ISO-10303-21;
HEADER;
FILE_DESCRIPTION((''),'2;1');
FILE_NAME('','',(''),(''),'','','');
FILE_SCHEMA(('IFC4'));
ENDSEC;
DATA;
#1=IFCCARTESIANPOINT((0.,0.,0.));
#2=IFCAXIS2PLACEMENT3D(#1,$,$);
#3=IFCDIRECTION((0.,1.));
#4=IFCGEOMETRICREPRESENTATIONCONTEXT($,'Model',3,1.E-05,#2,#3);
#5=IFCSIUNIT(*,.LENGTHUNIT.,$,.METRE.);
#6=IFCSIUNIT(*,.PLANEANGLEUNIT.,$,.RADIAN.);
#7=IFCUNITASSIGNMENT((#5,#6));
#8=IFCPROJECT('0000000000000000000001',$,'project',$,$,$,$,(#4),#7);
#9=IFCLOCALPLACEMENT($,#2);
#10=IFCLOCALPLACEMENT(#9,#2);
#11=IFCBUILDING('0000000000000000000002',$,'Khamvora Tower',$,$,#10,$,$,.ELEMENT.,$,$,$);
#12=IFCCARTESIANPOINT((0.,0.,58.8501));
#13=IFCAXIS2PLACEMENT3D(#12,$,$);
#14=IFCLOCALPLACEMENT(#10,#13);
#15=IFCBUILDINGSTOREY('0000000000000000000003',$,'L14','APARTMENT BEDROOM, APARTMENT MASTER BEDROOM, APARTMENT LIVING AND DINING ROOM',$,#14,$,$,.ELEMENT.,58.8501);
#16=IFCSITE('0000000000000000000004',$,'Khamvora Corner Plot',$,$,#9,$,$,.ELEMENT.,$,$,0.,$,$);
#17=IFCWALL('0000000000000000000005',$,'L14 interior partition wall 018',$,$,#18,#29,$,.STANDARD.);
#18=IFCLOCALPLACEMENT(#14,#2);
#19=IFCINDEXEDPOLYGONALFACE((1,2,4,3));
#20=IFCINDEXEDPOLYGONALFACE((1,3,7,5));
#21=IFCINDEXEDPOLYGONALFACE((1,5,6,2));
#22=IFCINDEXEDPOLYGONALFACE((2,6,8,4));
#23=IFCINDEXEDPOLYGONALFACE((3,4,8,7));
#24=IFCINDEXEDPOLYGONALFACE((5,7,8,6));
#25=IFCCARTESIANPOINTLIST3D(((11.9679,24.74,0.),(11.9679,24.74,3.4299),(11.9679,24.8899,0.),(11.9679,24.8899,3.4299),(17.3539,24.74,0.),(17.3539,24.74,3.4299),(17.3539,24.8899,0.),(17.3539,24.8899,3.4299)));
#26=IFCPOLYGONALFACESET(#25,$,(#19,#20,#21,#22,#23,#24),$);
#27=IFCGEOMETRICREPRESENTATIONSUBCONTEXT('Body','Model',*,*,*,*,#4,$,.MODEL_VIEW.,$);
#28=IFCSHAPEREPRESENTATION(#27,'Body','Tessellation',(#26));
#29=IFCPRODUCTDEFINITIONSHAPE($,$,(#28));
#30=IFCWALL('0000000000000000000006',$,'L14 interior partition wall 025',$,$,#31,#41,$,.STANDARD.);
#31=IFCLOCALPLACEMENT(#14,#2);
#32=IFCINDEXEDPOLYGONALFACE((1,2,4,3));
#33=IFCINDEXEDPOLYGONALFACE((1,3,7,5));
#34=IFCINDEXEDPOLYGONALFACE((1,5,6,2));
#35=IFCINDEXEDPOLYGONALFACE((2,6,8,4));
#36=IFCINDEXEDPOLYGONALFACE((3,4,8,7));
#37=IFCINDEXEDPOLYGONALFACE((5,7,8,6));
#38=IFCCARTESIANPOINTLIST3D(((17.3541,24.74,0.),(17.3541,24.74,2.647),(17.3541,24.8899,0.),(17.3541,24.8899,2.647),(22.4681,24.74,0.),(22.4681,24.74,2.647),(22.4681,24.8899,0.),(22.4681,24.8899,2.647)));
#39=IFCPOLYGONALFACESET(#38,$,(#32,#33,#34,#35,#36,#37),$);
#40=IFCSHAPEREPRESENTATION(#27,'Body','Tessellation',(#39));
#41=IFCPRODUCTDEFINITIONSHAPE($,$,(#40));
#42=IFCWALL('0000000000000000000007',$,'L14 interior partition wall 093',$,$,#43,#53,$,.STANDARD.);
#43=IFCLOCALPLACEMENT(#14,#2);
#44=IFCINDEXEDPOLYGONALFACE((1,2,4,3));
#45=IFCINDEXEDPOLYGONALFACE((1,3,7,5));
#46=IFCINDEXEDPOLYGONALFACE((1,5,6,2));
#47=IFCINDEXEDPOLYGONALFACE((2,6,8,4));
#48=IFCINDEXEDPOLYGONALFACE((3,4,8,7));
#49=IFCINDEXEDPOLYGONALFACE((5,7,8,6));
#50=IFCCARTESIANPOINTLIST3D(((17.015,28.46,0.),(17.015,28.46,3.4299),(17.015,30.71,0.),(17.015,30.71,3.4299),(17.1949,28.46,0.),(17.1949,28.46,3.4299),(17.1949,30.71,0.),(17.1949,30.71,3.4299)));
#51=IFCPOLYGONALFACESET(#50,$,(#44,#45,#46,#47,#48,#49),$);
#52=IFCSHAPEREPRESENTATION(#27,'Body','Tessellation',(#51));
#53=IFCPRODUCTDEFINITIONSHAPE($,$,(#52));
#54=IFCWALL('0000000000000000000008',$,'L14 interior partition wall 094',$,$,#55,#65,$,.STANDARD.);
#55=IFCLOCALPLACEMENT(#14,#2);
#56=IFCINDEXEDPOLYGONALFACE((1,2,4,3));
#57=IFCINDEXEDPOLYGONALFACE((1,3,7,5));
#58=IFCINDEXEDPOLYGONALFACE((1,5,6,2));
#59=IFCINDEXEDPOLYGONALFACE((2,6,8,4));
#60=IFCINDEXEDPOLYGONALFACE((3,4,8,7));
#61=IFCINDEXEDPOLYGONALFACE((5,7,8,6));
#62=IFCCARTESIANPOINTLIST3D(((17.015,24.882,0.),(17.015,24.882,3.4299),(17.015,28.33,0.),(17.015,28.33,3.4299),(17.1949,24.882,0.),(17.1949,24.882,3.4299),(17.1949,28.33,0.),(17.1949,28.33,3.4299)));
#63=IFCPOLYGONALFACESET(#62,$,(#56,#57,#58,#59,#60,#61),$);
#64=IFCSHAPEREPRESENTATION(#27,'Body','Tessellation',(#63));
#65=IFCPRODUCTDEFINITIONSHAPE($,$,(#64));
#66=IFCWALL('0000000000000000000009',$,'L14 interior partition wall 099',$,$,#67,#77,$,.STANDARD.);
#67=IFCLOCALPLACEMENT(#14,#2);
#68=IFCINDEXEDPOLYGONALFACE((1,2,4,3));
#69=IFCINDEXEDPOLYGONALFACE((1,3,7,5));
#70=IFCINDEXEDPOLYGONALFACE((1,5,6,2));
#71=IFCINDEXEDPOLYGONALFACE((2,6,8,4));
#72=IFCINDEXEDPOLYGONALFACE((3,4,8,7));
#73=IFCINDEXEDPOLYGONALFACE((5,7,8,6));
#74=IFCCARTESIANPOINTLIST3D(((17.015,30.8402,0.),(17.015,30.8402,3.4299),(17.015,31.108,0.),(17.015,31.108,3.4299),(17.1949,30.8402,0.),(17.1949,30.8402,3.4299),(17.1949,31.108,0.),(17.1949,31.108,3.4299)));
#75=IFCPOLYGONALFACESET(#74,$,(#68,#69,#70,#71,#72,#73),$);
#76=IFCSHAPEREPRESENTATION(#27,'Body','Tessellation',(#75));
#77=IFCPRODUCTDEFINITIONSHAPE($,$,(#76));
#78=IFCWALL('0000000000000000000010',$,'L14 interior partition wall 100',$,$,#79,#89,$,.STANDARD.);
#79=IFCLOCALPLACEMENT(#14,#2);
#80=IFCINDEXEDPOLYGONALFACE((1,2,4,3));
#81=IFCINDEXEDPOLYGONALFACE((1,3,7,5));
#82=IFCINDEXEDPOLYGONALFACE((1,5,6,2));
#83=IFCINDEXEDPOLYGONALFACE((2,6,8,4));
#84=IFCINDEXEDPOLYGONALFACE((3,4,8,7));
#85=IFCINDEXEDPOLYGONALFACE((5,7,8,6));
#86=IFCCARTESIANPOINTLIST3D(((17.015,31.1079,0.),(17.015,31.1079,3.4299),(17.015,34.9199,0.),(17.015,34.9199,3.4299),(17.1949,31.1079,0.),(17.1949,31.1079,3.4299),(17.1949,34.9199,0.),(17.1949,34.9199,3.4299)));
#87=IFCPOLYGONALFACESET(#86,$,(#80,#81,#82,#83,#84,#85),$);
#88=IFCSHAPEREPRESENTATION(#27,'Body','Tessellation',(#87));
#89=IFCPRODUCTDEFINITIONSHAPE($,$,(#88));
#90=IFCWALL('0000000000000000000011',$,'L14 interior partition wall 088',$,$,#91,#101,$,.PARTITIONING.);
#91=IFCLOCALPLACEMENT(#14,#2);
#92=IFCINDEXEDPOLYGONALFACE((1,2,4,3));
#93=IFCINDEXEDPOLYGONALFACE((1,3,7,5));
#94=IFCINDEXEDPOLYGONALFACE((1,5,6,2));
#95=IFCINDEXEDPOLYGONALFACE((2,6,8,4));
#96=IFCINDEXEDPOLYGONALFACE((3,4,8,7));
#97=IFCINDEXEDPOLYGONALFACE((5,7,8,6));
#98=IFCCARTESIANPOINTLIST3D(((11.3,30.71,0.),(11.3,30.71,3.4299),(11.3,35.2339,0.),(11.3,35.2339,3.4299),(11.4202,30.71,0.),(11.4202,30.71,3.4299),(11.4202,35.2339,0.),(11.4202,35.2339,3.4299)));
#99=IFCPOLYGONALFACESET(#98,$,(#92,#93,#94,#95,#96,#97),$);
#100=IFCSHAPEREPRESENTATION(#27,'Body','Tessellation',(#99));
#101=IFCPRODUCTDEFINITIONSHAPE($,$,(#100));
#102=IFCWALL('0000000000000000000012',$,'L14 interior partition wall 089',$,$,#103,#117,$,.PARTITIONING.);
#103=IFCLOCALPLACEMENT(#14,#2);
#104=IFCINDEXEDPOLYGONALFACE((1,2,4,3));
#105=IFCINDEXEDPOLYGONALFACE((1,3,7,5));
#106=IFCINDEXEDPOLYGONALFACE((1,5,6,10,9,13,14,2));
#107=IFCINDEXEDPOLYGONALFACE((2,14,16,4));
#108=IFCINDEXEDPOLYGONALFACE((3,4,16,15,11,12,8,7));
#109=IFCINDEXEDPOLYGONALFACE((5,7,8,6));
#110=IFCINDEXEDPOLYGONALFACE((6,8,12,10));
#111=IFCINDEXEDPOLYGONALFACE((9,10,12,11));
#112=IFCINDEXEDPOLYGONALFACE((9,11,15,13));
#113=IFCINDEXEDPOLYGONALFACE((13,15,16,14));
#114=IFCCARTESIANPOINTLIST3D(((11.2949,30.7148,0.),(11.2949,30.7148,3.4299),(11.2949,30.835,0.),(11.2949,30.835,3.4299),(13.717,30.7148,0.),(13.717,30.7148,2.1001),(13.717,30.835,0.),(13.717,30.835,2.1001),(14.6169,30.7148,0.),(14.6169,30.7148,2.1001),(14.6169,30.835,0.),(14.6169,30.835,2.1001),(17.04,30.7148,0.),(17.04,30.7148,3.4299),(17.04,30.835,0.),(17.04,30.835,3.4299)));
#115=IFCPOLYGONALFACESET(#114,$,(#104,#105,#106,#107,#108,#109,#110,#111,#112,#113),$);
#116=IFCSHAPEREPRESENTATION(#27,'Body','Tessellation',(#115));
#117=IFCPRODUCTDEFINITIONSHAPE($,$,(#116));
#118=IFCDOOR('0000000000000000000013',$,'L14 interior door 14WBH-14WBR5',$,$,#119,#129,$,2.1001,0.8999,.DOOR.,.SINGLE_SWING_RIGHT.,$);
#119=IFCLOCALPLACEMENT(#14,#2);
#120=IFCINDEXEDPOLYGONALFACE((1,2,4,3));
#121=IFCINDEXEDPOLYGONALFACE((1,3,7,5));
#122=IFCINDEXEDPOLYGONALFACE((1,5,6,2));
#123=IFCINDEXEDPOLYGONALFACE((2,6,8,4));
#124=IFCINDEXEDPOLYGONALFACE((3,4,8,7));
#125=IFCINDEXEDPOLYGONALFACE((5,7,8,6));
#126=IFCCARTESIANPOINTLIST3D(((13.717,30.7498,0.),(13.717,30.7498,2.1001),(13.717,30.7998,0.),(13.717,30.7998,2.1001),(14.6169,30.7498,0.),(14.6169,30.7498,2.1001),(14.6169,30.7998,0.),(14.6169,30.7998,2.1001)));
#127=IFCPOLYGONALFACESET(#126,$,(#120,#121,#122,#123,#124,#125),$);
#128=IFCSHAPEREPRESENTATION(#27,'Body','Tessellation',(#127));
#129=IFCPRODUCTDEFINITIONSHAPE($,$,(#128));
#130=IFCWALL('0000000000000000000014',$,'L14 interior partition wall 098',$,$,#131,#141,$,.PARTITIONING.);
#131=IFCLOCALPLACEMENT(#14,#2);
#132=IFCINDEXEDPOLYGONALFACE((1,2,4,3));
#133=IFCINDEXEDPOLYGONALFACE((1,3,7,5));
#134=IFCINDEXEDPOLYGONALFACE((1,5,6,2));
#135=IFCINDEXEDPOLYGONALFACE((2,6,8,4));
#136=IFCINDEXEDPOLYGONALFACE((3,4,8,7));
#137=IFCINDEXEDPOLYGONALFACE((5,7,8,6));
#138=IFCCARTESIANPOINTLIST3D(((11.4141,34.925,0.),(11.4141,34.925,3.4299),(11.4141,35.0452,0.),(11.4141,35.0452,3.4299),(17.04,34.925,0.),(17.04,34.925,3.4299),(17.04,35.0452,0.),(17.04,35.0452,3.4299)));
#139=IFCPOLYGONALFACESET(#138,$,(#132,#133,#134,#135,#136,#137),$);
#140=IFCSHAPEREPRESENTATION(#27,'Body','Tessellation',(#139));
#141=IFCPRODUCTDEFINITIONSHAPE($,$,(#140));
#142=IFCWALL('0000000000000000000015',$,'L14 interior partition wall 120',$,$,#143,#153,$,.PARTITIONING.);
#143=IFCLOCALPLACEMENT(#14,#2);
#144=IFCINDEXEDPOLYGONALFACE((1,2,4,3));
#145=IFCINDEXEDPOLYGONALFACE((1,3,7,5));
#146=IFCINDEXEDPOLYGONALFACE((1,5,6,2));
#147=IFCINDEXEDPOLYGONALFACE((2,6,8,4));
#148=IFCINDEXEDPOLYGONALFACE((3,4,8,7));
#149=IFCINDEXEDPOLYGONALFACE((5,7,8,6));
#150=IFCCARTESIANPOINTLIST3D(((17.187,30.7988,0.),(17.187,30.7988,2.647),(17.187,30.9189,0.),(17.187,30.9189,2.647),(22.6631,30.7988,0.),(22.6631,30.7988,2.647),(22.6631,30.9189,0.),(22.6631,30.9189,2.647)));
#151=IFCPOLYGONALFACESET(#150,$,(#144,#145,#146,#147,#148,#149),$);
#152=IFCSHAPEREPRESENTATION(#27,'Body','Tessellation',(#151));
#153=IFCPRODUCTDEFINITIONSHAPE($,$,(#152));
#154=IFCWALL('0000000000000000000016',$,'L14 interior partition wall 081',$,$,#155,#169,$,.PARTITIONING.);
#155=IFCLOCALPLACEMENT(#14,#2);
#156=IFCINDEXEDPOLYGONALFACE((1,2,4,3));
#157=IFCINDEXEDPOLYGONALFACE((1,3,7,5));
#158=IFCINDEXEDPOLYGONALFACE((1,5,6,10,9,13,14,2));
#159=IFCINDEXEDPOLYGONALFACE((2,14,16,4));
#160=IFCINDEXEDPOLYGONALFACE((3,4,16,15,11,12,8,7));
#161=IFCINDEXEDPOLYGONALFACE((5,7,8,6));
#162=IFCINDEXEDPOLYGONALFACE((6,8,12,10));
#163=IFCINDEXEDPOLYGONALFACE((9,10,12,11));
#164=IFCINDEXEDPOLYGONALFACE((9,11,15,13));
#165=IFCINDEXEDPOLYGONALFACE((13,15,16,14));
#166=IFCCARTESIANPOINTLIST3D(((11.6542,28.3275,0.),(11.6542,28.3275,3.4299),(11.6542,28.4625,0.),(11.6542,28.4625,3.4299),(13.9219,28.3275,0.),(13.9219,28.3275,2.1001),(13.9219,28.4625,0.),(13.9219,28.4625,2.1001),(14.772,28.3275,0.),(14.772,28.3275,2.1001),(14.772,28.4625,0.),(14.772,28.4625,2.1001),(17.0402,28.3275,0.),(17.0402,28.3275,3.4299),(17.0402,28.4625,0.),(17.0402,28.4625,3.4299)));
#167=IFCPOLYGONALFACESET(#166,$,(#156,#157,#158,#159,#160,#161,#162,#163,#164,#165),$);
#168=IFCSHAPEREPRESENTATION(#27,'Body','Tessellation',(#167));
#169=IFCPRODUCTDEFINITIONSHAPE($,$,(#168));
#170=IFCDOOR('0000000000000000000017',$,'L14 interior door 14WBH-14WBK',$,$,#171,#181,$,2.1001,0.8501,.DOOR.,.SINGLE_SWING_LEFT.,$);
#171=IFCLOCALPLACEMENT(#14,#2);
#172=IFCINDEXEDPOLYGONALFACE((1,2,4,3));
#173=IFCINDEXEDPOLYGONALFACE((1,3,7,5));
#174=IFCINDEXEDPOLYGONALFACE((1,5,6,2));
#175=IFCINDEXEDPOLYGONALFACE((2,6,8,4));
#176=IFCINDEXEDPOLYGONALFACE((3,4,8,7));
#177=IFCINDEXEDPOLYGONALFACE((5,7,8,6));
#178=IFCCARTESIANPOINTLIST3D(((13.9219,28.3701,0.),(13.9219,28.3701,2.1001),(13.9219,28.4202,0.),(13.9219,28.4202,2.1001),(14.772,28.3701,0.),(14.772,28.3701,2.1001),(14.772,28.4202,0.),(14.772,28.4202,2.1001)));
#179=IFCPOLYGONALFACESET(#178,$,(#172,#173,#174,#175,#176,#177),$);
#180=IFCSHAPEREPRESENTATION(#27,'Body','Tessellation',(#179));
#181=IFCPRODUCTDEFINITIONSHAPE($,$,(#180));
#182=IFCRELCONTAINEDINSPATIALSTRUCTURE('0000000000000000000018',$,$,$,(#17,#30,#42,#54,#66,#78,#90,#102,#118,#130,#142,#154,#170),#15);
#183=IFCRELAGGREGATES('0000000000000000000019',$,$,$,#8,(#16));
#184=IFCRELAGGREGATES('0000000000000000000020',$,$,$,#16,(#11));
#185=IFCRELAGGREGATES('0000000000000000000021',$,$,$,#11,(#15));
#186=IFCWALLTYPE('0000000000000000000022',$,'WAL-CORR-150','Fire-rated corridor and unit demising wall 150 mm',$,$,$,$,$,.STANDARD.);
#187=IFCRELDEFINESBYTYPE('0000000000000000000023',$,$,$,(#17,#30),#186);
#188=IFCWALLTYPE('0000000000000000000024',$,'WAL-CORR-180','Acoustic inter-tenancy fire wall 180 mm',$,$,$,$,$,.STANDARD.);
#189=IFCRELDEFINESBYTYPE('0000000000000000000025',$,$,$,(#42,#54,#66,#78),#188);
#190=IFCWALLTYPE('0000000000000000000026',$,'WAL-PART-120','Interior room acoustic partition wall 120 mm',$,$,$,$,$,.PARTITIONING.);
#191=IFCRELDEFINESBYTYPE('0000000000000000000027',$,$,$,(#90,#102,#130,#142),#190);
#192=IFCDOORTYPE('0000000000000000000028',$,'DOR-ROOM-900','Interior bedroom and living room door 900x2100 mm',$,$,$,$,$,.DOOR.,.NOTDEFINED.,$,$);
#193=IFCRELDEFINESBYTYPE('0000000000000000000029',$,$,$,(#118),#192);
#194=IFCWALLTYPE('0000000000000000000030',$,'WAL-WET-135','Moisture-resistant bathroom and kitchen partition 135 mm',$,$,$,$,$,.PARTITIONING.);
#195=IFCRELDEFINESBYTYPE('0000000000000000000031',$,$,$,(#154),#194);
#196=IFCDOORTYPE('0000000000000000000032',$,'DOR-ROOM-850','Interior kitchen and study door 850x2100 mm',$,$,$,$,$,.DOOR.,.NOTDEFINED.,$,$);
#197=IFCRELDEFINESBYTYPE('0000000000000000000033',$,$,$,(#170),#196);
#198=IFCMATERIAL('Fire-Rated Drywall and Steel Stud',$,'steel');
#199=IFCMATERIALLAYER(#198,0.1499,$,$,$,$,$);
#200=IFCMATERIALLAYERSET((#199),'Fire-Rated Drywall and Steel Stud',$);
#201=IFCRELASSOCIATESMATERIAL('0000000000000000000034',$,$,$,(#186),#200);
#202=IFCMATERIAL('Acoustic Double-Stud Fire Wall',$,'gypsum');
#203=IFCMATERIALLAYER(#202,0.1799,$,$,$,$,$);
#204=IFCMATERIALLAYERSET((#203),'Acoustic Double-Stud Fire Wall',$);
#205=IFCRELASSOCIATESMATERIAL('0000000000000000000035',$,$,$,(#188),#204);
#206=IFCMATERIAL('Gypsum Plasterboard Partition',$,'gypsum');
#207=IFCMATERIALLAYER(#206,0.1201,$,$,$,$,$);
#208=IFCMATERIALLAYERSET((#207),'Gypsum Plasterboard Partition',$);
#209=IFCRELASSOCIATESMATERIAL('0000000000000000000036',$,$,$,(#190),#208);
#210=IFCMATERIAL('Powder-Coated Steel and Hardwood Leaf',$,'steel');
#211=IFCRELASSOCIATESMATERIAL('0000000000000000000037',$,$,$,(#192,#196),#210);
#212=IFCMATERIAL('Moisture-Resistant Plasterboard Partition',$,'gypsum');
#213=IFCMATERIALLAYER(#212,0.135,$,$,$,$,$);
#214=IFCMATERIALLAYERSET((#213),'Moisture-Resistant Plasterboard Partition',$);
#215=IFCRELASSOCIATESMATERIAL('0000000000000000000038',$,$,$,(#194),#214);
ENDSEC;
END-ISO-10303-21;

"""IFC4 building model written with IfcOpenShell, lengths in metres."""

from ifc_helpers import new_model, si_unit, direction, frame, frame_2d, origin, place, context, subcontext, project, spatial, rectangle, extrude, material, layer, layer_set, type_object, element, fill, save


model = new_model("IFC4")

# Units and contexts
model_context = context("Model", 3, precision=1e-05, world=origin(), true_north=direction((0.0, 1.0)))
body_context = subcontext(model_context, "Body", "Model", "MODEL_VIEW")
ifc_project = project(units=[si_unit("LENGTHUNIT", "METRE"), si_unit("PLANEANGLEUNIT", "RADIAN")], contexts=[model_context])

# Site, building, storey
site_placement = place(None, origin())
site = spatial("IfcSite", under=ifc_project, at=site_placement, Name="Khamvora Corner Plot", CompositionType="ELEMENT", RefElevation=0.0)
building_placement = place(site_placement, origin())
building = spatial("IfcBuilding", under=site, at=building_placement, Name="Khamvora Tower", CompositionType="ELEMENT")
storey_placement = place(building_placement, frame((0.0, 0.0, 58.8501)))
storey = spatial("IfcBuildingStorey", under=building, at=storey_placement, Name="L14", Description="APARTMENT BEDROOM, APARTMENT MASTER BEDROOM, APARTMENT LIVING AND DINING ROOM", CompositionType="ELEMENT", Elevation=58.8501)

# Walls
ifc_material_1 = material(Name="Fire-Rated Drywall and Steel Stud", Category="steel")
ifc_layer_1 = layer(ifc_material_1, 0.1499)
ifc_layer_set_1 = layer_set([ifc_layer_1], Name="Fire-Rated Drywall and Steel Stud")
wall_type_1 = type_object("IfcWallType", Name="WAL-CORR-150", Description="Fire-rated corridor and unit demising wall 150 mm", PredefinedType="STANDARD", material=ifc_layer_set_1)
wall_1_placement = place(storey_placement, frame((11.968, 24.8149, 0.0), z_axis=(0.0, 0.0, 1.0), x_axis=(1.0, 0.0, 0.0)))
element("IfcWall", 1, at=wall_1_placement, inside=storey, type_object=wall_type_1, Name="L14 interior partition wall 018", PredefinedType="STANDARD", context=body_context, shape_type="SweptSolid", body=[
    extrude(rectangle(XDim=5.386, YDim=0.1499, at=frame_2d((2.6929, 0.0))), origin(), (0.0, 0.0, 1.0), 3.4299),
])
wall_2_placement = place(storey_placement, frame((17.354, 24.8149, 0.0), z_axis=(0.0, 0.0, 1.0), x_axis=(1.0, 0.0, 0.0)))
element("IfcWall", 2, at=wall_2_placement, inside=storey, type_object=wall_type_1, Name="L14 interior partition wall 025", PredefinedType="STANDARD", context=body_context, shape_type="SweptSolid", body=[
    extrude(rectangle(XDim=5.114, YDim=0.1499, at=frame_2d((2.5571, 0.0))), origin(), (0.0, 0.0, 1.0), 2.647),
])
ifc_material_2 = material(Name="Acoustic Double-Stud Fire Wall", Category="gypsum")
ifc_layer_2 = layer(ifc_material_2, 0.1799)
ifc_layer_set_2 = layer_set([ifc_layer_2], Name="Acoustic Double-Stud Fire Wall")
wall_type_2 = type_object("IfcWallType", Name="WAL-CORR-180", Description="Acoustic inter-tenancy fire wall 180 mm", PredefinedType="STANDARD", material=ifc_layer_set_2)
wall_3_placement = place(storey_placement, frame((17.105, 30.71, 0.0), z_axis=(0.0, 0.0, 1.0), x_axis=(0.0, -1.0, 0.0)))
element("IfcWall", 3, at=wall_3_placement, inside=storey, type_object=wall_type_2, Name="L14 interior partition wall 093", PredefinedType="STANDARD", context=body_context, shape_type="SweptSolid", body=[
    extrude(rectangle(XDim=2.25, YDim=0.1799, at=frame_2d((1.125, 0.0))), origin(), (0.0, 0.0, 1.0), 3.4299),
])
wall_4_placement = place(storey_placement, frame((17.105, 28.3301, 0.0), z_axis=(0.0, 0.0, 1.0), x_axis=(0.0, -1.0, 0.0)))
element("IfcWall", 4, at=wall_4_placement, inside=storey, type_object=wall_type_2, Name="L14 interior partition wall 094", PredefinedType="STANDARD", context=body_context, shape_type="SweptSolid", body=[
    extrude(rectangle(XDim=3.448, YDim=0.1799, at=frame_2d((1.7241, 0.0))), origin(), (0.0, 0.0, 1.0), 3.4299),
])
wall_5_placement = place(storey_placement, frame((17.105, 31.1079, 0.0), z_axis=(0.0, 0.0, 1.0), x_axis=(0.0, -1.0, 0.0)))
element("IfcWall", 5, at=wall_5_placement, inside=storey, type_object=wall_type_2, Name="L14 interior partition wall 099", PredefinedType="STANDARD", context=body_context, shape_type="SweptSolid", body=[
    extrude(rectangle(XDim=0.2678, YDim=0.1799, at=frame_2d((0.1338, 0.0))), origin(), (0.0, 0.0, 1.0), 3.4299),
])
wall_6_placement = place(storey_placement, frame((17.105, 34.9199, 0.0), z_axis=(0.0, 0.0, 1.0), x_axis=(0.0, -1.0, 0.0)))
element("IfcWall", 6, at=wall_6_placement, inside=storey, type_object=wall_type_2, Name="L14 interior partition wall 100", PredefinedType="STANDARD", context=body_context, shape_type="SweptSolid", body=[
    extrude(rectangle(XDim=3.812, YDim=0.1799, at=frame_2d((1.906, 0.0))), origin(), (0.0, 0.0, 1.0), 3.4299),
])
ifc_material_3 = material(Name="Gypsum Plasterboard Partition", Category="gypsum")
ifc_layer_3 = layer(ifc_material_3, 0.1201)
ifc_layer_set_3 = layer_set([ifc_layer_3], Name="Gypsum Plasterboard Partition")
wall_type_3 = type_object("IfcWallType", Name="WAL-PART-120", Description="Interior room acoustic partition wall 120 mm", PredefinedType="PARTITIONING", material=ifc_layer_set_3)
wall_7_placement = place(storey_placement, frame((11.3601, 35.2339, 0.0), z_axis=(0.0, 0.0, 1.0), x_axis=(0.0, -1.0, 0.0)))
element("IfcWall", 7, at=wall_7_placement, inside=storey, type_object=wall_type_3, Name="L14 interior partition wall 088", PredefinedType="PARTITIONING", context=body_context, shape_type="SweptSolid", body=[
    extrude(rectangle(XDim=4.5239, YDim=0.1201, at=frame_2d((2.262, 0.0))), origin(), (0.0, 0.0, 1.0), 3.4299),
])

# Wall, opening, door
wall_8_placement = place(storey_placement, frame((11.2949, 30.7749, 0.0), z_axis=(0.0, 0.0, 1.0), x_axis=(1.0, 0.0, 0.0)))
wall_8 = element("IfcWall", 8, at=wall_8_placement, inside=storey, type_object=wall_type_3, Name="L14 interior partition wall 089", PredefinedType="PARTITIONING", context=body_context, shape_type="SweptSolid", body=[
    extrude(rectangle(XDim=5.7451, YDim=0.1201, at=frame_2d((2.8726, 0.0))), origin(), (0.0, 0.0, 1.0), 3.4299),
])
opening_1_placement = place(wall_8_placement, frame((2.4221, 0.0, 0.0)))
opening_1 = element("IfcOpeningElement", 9, at=opening_1_placement, cuts=wall_8, PredefinedType="OPENING", context=body_context, shape_type="SweptSolid", body=[
    extrude(rectangle(XDim=0.8999, YDim=2.1001, at=frame_2d((0.45, 1.05))), frame((0.0, 0.0701, 0.0), z_axis=(0.0, -1.0, 0.0), x_axis=(1.0, 0.0, 0.0)), (0.0, 0.0, 1.0), 0.1401),
])
ifc_material_4 = material(Name="Powder-Coated Steel and Hardwood Leaf", Category="steel")
door_type_1 = type_object("IfcDoorType", Name="DOR-ROOM-900", Description="Interior bedroom and living room door 900x2100 mm", OperationType="NOTDEFINED", PredefinedType="DOOR", material=ifc_material_4)
door_1_placement = place(opening_1_placement, origin())
door_1 = element("IfcDoor", 10, at=door_1_placement, inside=storey, type_object=door_type_1, Name="L14 interior door 14WBH-14WBR5", OperationType="SINGLE_SWING_RIGHT", OverallHeight=2.1001, OverallWidth=0.8999, PredefinedType="DOOR", context=body_context, shape_type="SweptSolid", body=[
    extrude(rectangle(XDim=0.8999, YDim=2.1001, at=frame_2d((0.45, 1.05))), frame((0.0, 0.0249, 0.0), z_axis=(0.0, -1.0, 0.0), x_axis=(1.0, 0.0, 0.0)), (0.0, 0.0, 1.0), 0.05),
])
fill(opening_1, door_1)

# Walls
wall_9_placement = place(storey_placement, frame((11.4141, 34.9851, 0.0), z_axis=(0.0, 0.0, 1.0), x_axis=(1.0, 0.0, 0.0)))
element("IfcWall", 11, at=wall_9_placement, inside=storey, type_object=wall_type_3, Name="L14 interior partition wall 098", PredefinedType="PARTITIONING", context=body_context, shape_type="SweptSolid", body=[
    extrude(rectangle(XDim=5.626, YDim=0.1201, at=frame_2d((2.813, 0.0))), origin(), (0.0, 0.0, 1.0), 3.4299),
])
wall_10_placement = place(storey_placement, frame((17.187, 30.8589, 0.0), z_axis=(0.0, 0.0, 1.0), x_axis=(1.0, 0.0, 0.0)))
element("IfcWall", 12, at=wall_10_placement, inside=storey, type_object=wall_type_3, Name="L14 interior partition wall 120", PredefinedType="PARTITIONING", context=body_context, shape_type="SweptSolid", body=[
    extrude(rectangle(XDim=5.4761, YDim=0.1201, at=frame_2d((2.738, 0.0))), origin(), (0.0, 0.0, 1.0), 2.647),
])

# Wall, opening, door
ifc_material_5 = material(Name="Moisture-Resistant Plasterboard Partition", Category="gypsum")
ifc_layer_4 = layer(ifc_material_5, 0.135)
ifc_layer_set_4 = layer_set([ifc_layer_4], Name="Moisture-Resistant Plasterboard Partition")
wall_type_4 = type_object("IfcWallType", Name="WAL-WET-135", Description="Moisture-resistant bathroom and kitchen partition 135 mm", PredefinedType="PARTITIONING", material=ifc_layer_set_4)
wall_11_placement = place(storey_placement, frame((17.04, 28.395, 0.0), z_axis=(0.0, 0.0, 1.0), x_axis=(-1.0, 0.0, 0.0)))
wall_11 = element("IfcWall", 13, at=wall_11_placement, inside=storey, type_object=wall_type_4, Name="L14 interior partition wall 081", PredefinedType="PARTITIONING", context=body_context, shape_type="SweptSolid", body=[
    extrude(rectangle(XDim=5.386, YDim=0.135, at=frame_2d((2.6929, 0.0))), origin(), (0.0, 0.0, 1.0), 3.4299),
])
opening_2_placement = place(wall_11_placement, frame((2.2681, 0.0, 0.0)))
opening_2 = element("IfcOpeningElement", 14, at=opening_2_placement, cuts=wall_11, PredefinedType="OPENING", context=body_context, shape_type="SweptSolid", body=[
    extrude(rectangle(XDim=0.8501, YDim=2.1001, at=frame_2d((0.425, 1.05))), frame((0.0, 0.0774, 0.0), z_axis=(0.0, -1.0, 0.0), x_axis=(1.0, 0.0, 0.0)), (0.0, 0.0, 1.0), 0.155),
])
door_type_2 = type_object("IfcDoorType", Name="DOR-ROOM-850", Description="Interior kitchen and study door 850x2100 mm", OperationType="NOTDEFINED", PredefinedType="DOOR", material=ifc_material_4)
door_2_placement = place(opening_2_placement, origin())
door_2 = element("IfcDoor", 15, at=door_2_placement, inside=storey, type_object=door_type_2, Name="L14 interior door 14WBH-14WBK", OperationType="SINGLE_SWING_LEFT", OverallHeight=2.1001, OverallWidth=0.8501, PredefinedType="DOOR", context=body_context, shape_type="SweptSolid", body=[
    extrude(rectangle(XDim=0.8501, YDim=2.1001, at=frame_2d((0.425, 1.05))), frame((0.0, 0.0249, 0.0), z_axis=(0.0, -1.0, 0.0), x_axis=(1.0, 0.0, 0.0)), (0.0, 0.0, 1.0), 0.05),
])
fill(opening_2, door_2)

save(model, "model.ifc")
